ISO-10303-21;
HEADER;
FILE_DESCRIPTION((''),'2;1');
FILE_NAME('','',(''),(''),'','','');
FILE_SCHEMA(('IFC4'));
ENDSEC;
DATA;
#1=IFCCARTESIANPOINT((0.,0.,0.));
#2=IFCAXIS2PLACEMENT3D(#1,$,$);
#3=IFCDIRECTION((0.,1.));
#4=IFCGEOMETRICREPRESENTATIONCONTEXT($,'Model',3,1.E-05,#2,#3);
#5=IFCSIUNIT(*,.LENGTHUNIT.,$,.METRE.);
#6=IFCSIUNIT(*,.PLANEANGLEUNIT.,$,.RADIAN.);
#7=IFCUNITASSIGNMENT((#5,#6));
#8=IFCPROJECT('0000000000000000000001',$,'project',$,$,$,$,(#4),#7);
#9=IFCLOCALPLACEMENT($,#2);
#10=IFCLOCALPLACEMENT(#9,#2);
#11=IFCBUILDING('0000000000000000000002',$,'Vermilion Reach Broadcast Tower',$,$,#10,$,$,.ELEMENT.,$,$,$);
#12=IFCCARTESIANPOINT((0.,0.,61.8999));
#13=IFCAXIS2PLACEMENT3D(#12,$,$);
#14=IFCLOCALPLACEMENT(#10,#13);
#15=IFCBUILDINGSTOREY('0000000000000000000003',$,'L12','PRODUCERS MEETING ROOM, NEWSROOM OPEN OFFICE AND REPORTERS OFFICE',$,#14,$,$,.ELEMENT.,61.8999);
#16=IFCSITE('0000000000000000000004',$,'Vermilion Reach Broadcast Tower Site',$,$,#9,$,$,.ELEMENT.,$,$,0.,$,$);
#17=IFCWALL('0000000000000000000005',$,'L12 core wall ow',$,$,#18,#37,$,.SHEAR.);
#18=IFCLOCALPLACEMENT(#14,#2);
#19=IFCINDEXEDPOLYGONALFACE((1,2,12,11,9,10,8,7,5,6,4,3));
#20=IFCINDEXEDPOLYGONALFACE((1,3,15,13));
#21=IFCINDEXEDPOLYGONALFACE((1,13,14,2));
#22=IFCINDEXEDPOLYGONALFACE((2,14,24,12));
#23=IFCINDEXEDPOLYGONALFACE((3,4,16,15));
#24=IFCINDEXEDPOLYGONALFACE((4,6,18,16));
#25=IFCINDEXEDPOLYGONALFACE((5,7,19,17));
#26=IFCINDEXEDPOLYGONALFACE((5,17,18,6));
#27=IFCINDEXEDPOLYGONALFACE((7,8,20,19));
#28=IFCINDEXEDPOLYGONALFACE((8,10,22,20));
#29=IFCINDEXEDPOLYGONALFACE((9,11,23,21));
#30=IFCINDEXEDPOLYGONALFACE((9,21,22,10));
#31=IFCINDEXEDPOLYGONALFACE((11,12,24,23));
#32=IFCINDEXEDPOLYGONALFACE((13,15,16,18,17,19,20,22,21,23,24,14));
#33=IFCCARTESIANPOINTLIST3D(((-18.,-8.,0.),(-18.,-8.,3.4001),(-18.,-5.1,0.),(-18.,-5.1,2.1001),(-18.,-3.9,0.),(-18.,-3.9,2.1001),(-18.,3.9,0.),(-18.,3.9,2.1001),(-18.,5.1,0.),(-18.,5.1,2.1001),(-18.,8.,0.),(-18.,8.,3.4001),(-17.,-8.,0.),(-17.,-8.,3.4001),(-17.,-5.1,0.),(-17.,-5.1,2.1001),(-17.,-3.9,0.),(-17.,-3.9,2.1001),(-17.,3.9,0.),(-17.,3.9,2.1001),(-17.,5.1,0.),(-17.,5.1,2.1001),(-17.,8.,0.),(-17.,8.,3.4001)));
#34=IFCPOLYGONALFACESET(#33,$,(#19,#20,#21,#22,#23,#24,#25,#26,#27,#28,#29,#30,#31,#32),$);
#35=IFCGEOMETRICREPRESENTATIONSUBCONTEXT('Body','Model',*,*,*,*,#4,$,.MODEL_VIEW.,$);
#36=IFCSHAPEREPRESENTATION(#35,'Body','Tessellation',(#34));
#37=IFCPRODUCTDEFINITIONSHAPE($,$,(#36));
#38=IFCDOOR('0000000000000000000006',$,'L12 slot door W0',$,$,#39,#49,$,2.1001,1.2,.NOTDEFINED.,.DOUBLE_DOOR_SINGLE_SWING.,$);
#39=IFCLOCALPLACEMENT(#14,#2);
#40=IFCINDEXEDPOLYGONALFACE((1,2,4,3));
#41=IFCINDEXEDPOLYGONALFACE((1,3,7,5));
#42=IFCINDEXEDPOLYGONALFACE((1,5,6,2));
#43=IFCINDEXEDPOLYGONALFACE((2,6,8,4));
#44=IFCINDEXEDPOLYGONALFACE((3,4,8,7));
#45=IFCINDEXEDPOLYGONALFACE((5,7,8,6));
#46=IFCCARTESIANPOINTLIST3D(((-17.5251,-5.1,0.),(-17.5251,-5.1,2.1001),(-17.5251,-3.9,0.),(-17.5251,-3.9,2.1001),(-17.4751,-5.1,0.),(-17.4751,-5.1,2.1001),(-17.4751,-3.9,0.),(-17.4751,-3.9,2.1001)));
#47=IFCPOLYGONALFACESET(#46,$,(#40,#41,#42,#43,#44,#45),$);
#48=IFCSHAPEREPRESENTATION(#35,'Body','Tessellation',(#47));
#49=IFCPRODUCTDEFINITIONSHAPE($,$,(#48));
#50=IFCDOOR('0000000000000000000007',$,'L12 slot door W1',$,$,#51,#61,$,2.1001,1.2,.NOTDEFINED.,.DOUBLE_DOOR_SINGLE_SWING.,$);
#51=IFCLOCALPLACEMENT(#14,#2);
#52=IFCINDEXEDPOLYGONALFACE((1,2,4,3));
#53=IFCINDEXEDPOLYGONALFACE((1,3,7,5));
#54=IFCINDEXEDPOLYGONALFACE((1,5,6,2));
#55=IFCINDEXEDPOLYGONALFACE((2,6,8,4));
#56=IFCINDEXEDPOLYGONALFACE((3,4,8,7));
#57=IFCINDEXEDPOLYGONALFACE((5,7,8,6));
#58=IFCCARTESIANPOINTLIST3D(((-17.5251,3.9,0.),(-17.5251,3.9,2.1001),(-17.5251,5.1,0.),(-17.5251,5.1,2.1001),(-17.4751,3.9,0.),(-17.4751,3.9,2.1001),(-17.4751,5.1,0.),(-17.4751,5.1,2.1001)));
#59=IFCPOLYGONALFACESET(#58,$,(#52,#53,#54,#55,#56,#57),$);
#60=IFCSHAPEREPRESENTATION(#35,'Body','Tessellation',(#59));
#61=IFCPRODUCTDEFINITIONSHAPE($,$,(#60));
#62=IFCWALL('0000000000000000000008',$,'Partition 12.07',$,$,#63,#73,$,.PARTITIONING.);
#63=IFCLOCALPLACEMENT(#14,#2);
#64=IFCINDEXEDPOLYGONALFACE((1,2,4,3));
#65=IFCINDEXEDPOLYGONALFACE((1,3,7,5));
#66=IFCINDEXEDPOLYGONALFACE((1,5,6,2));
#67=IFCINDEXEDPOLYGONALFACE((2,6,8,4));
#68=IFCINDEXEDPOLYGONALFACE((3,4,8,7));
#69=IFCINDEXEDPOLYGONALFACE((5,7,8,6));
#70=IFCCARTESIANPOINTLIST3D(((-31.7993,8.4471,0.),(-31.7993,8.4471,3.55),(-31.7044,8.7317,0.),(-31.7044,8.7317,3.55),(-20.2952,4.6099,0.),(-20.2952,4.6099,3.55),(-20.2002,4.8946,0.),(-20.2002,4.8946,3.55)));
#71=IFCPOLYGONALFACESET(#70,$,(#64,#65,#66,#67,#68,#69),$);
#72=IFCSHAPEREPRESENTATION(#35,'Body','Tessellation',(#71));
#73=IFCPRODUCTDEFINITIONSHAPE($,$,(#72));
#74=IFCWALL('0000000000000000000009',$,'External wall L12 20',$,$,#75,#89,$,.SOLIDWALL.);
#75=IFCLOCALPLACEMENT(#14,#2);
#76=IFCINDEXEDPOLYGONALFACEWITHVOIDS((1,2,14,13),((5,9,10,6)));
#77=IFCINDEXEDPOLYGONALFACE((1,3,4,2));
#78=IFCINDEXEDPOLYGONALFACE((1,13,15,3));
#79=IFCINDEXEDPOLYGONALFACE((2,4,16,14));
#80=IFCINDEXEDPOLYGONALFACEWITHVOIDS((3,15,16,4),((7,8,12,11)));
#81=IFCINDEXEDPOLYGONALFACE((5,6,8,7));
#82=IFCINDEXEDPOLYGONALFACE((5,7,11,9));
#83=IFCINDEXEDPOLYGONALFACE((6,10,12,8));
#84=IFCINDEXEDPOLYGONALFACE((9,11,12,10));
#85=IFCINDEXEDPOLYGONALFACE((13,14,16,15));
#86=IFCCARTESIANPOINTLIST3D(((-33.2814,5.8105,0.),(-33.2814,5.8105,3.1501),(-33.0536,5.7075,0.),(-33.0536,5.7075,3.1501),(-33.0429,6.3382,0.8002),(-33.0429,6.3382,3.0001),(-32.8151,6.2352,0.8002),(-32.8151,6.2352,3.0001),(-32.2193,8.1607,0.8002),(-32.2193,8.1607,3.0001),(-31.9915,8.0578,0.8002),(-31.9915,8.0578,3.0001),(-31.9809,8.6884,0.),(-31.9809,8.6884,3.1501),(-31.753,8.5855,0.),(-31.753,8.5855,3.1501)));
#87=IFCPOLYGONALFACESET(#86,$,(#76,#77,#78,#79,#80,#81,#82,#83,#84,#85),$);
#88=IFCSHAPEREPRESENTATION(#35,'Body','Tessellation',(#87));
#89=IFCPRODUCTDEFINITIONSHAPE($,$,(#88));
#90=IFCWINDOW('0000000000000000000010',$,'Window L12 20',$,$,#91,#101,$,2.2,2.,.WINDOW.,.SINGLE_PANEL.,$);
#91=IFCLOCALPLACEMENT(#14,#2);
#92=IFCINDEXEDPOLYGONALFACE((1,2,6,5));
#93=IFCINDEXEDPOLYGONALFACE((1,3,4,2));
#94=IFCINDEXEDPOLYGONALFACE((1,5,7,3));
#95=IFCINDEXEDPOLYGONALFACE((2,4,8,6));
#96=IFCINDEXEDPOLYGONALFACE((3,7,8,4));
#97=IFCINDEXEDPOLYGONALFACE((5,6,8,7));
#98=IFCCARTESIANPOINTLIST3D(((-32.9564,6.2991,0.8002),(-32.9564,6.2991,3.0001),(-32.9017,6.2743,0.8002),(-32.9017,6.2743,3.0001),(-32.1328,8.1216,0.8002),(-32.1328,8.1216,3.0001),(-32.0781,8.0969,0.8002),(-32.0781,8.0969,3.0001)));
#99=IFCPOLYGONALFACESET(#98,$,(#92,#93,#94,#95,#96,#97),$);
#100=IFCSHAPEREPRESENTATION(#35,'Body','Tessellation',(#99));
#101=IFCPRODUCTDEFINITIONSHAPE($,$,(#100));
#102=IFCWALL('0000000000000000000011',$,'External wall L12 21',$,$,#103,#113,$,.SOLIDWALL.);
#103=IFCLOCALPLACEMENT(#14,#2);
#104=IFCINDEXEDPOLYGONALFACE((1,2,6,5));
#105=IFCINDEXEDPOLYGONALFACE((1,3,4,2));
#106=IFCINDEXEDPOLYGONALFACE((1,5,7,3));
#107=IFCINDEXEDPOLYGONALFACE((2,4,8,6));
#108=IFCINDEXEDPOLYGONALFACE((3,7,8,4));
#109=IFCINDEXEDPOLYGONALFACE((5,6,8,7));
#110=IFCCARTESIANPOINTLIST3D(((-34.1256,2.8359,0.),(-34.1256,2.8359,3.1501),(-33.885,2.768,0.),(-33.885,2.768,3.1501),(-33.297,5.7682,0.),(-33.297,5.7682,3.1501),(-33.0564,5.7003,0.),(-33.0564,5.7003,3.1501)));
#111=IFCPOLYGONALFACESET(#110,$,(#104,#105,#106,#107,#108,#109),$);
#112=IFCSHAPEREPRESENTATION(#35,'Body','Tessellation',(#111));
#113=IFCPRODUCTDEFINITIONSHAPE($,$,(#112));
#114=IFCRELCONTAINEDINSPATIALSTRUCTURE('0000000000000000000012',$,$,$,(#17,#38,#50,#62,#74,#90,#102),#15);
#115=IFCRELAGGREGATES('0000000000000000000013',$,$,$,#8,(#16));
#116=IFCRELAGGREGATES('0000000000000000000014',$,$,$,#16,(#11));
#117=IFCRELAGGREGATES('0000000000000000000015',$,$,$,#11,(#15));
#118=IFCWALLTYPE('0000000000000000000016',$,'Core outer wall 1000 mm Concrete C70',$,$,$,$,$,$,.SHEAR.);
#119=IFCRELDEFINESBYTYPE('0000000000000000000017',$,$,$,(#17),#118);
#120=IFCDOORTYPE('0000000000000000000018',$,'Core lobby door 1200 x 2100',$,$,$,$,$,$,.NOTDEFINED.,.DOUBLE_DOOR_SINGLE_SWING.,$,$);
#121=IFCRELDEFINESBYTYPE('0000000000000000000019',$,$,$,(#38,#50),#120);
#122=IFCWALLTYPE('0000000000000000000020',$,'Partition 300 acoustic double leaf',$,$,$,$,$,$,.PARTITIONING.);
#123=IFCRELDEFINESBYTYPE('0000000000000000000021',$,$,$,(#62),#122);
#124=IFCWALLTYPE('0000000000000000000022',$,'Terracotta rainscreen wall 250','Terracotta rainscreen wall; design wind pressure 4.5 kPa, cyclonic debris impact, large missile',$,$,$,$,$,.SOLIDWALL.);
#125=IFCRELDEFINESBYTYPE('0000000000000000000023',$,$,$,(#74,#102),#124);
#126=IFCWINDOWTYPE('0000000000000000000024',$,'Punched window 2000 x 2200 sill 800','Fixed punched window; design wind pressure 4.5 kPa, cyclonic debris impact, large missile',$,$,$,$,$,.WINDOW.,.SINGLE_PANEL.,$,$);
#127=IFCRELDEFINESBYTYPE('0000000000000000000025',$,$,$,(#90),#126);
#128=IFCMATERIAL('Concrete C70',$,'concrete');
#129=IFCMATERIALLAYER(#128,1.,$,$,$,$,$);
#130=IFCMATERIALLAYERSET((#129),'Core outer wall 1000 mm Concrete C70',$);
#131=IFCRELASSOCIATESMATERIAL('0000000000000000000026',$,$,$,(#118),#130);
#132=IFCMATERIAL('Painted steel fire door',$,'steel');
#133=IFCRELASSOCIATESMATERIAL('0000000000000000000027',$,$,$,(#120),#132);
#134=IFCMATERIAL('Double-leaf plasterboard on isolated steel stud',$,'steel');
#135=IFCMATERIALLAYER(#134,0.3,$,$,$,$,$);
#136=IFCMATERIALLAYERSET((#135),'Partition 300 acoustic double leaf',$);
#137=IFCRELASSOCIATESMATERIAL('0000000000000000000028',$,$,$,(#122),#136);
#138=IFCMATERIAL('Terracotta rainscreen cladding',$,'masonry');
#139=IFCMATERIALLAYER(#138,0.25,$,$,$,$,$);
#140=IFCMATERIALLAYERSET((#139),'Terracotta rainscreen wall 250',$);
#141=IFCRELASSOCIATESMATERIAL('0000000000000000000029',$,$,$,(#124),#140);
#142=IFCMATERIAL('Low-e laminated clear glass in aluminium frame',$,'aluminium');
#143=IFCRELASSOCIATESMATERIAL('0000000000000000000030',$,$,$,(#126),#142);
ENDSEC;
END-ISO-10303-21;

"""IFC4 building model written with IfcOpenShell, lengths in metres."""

from ifc_helpers import new_model, si_unit, direction, frame, frame_2d, origin, place, context, subcontext, project, spatial, rectangle, extrude, material, layer, layer_set, type_object, element, fill, save


model = new_model("IFC4")

# Units and contexts
model_context = context("Model", 3, precision=1e-05, world=origin(), true_north=direction((0.0, 1.0)))
body_context = subcontext(model_context, "Body", "Model", "MODEL_VIEW")
ifc_project = project(units=[si_unit("LENGTHUNIT", "METRE"), si_unit("PLANEANGLEUNIT", "RADIAN")], contexts=[model_context])

# Site, building, storey
site_placement = place(None, origin())
site = spatial("IfcSite", under=ifc_project, at=site_placement, Name="Vermilion Reach Broadcast Tower Site", CompositionType="ELEMENT", RefElevation=0.0)
building_placement = place(site_placement, origin())
building = spatial("IfcBuilding", under=site, at=building_placement, Name="Vermilion Reach Broadcast Tower", CompositionType="ELEMENT")
storey_placement = place(building_placement, frame((0.0, 0.0, 61.8999)))
storey = spatial("IfcBuildingStorey", under=building, at=storey_placement, Name="L12", Description="PRODUCERS MEETING ROOM, NEWSROOM OPEN OFFICE AND REPORTERS OFFICE", CompositionType="ELEMENT", Elevation=61.8999)

# Wall, openings, doors
ifc_material_1 = material(Name="Concrete C70", Category="concrete")
ifc_layer_1 = layer(ifc_material_1, 1.0)
ifc_layer_set_1 = layer_set([ifc_layer_1], Name="Core outer wall 1000 mm Concrete C70")
wall_type_1 = type_object("IfcWallType", Name="Core outer wall 1000 mm Concrete C70", PredefinedType="SHEAR", material=ifc_layer_set_1)
wall_1_placement = place(storey_placement, frame((-17.5, 8.0, 0.0), z_axis=(0.0, 0.0, 1.0), x_axis=(0.0, -1.0, 0.0)))
wall_1 = element("IfcWall", 1, at=wall_1_placement, inside=storey, type_object=wall_type_1, Name="L12 core wall ow", PredefinedType="SHEAR", context=body_context, shape_type="SweptSolid", body=[
    extrude(rectangle(XDim=16.0, YDim=1.0, at=frame_2d((8.0, 0.0))), origin(), (0.0, 0.0, 1.0), 3.4001),
])
opening_1_placement = place(wall_1_placement, frame((11.8999, 0.0, 0.0)))
opening_1 = element("IfcOpeningElement", 2, at=opening_1_placement, cuts=wall_1, PredefinedType="OPENING", context=body_context, shape_type="SweptSolid", body=[
    extrude(rectangle(XDim=1.2, YDim=2.1001, at=frame_2d((0.6001, 1.05))), frame((0.0, 0.51, 0.0), z_axis=(0.0, -1.0, 0.0), x_axis=(1.0, 0.0, 0.0)), (0.0, 0.0, 1.0), 1.02),
])
opening_2_placement = place(wall_1_placement, frame((2.8999, 0.0, 0.0)))
opening_2 = element("IfcOpeningElement", 3, at=opening_2_placement, cuts=wall_1, PredefinedType="OPENING", context=body_context, shape_type="SweptSolid", body=[
    extrude(rectangle(XDim=1.2, YDim=2.1001, at=frame_2d((0.6001, 1.05))), frame((0.0, 0.51, 0.0), z_axis=(0.0, -1.0, 0.0), x_axis=(1.0, 0.0, 0.0)), (0.0, 0.0, 1.0), 1.02),
])
ifc_material_2 = material(Name="Painted steel fire door", Category="steel")
door_type_1 = type_object("IfcDoorType", Name="Core lobby door 1200 x 2100", OperationType="DOUBLE_DOOR_SINGLE_SWING", PredefinedType="NOTDEFINED", material=ifc_material_2)
door_1_placement = place(opening_1_placement, origin())
door_1 = element("IfcDoor", 4, at=door_1_placement, inside=storey, type_object=door_type_1, Name="L12 slot door W0", OperationType="DOUBLE_DOOR_SINGLE_SWING", OverallHeight=2.1001, OverallWidth=1.2, PredefinedType="NOTDEFINED", context=body_context, shape_type="SweptSolid", body=[
    extrude(rectangle(XDim=1.2, YDim=2.1001, at=frame_2d((0.6001, 1.05))), frame((0.0, 0.0249, 0.0), z_axis=(0.0, -1.0, 0.0), x_axis=(1.0, 0.0, 0.0)), (0.0, 0.0, 1.0), 0.05),
])
fill(opening_1, door_1)
door_2_placement = place(opening_2_placement, origin())
door_2 = element("IfcDoor", 5, at=door_2_placement, inside=storey, type_object=door_type_1, Name="L12 slot door W1", OperationType="DOUBLE_DOOR_SINGLE_SWING", OverallHeight=2.1001, OverallWidth=1.2, PredefinedType="NOTDEFINED", context=body_context, shape_type="SweptSolid", body=[
    extrude(rectangle(XDim=1.2, YDim=2.1001, at=frame_2d((0.6001, 1.05))), frame((0.0, 0.0249, 0.0), z_axis=(0.0, -1.0, 0.0), x_axis=(1.0, 0.0, 0.0)), (0.0, 0.0, 1.0), 0.05),
])
fill(opening_2, door_2)

# Wall
ifc_material_3 = material(Name="Double-leaf plasterboard on isolated steel stud", Category="steel")
ifc_layer_2 = layer(ifc_material_3, 0.3)
ifc_layer_set_2 = layer_set([ifc_layer_2], Name="Partition 300 acoustic double leaf")
wall_type_2 = type_object("IfcWallType", Name="Partition 300 acoustic double leaf", PredefinedType="PARTITIONING", material=ifc_layer_set_2)
wall_2_placement = place(storey_placement, frame((-31.7517, 8.5894, 0.0), z_axis=(0.0, 0.0, 1.0), x_axis=(0.948623, -0.316409, 0.0)))
element("IfcWall", 6, at=wall_2_placement, inside=storey, type_object=wall_type_2, Name="Partition 12.07", PredefinedType="PARTITIONING", context=body_context, shape_type="SweptSolid", body=[
    extrude(rectangle(XDim=12.1272, YDim=0.3, at=frame_2d((6.0635, 0.0))), origin(), (0.0, 0.0, 1.0), 3.55),
])

# Shared definitions
ifc_material_4 = material(Name="Terracotta rainscreen cladding", Category="masonry")
ifc_layer_3 = layer(ifc_material_4, 0.25)
ifc_layer_set_3 = layer_set([ifc_layer_3], Name="Terracotta rainscreen wall 250")
wall_type_3 = type_object("IfcWallType", Name="Terracotta rainscreen wall 250", Description="Terracotta rainscreen wall; design wind pressure 4.5 kPa, cyclonic debris impact, large missile", PredefinedType="SOLIDWALL", material=ifc_layer_set_3)

# Wall, opening, window
wall_3_placement = place(storey_placement, frame((-31.8669, 8.637, 0.0), z_axis=(0.0, 0.0, 1.0), x_axis=(-0.411804, -0.911272, 0.0)))
wall_3 = element("IfcWall", 7, at=wall_3_placement, inside=storey, type_object=wall_type_3, Name="External wall L12 20", PredefinedType="SOLIDWALL", context=body_context, shape_type="SweptSolid", body=[
    extrude(rectangle(XDim=3.1582, YDim=0.25, at=frame_2d((1.5791, 0.0))), origin(), (0.0, 0.0, 1.0), 3.1501),
])
opening_3_placement = place(wall_3_placement, frame((0.5791, 0.0, 0.8)))
opening_3 = element("IfcOpeningElement", 8, at=opening_3_placement, cuts=wall_3, PredefinedType="OPENING", context=body_context, shape_type="SweptSolid", body=[
    extrude(rectangle(XDim=2.0, YDim=2.2, at=frame_2d((1.0, 1.1001))), frame((0.0, 0.135, 0.0), z_axis=(0.0, -1.0, 0.0), x_axis=(1.0, 0.0, 0.0)), (0.0, 0.0, 1.0), 0.27),
])
ifc_material_5 = material(Name="Low-e laminated clear glass in aluminium frame", Category="aluminium")
window_type = type_object("IfcWindowType", Name="Punched window 2000 x 2200 sill 800", Description="Fixed punched window; design wind pressure 4.5 kPa, cyclonic debris impact, large missile", PartitioningType="SINGLE_PANEL", PredefinedType="WINDOW", material=ifc_material_5)
window_placement = place(opening_3_placement, origin())
window = element("IfcWindow", 9, at=window_placement, inside=storey, type_object=window_type, Name="Window L12 20", OverallHeight=2.2, OverallWidth=2.0, PartitioningType="SINGLE_PANEL", PredefinedType="WINDOW", context=body_context, shape_type="SweptSolid", body=[
    extrude(rectangle(XDim=2.0, YDim=2.2, at=frame_2d((1.0, 1.1001))), frame((0.0, 0.03, 0.0), z_axis=(0.0, -1.0, 0.0), x_axis=(1.0, 0.0, 0.0)), (0.0, 0.0, 1.0), 0.0601),
])
fill(opening_3, window)

# Wall
wall_4_placement = place(storey_placement, frame((-33.1768, 5.7341, 0.0), z_axis=(0.0, 0.0, 1.0), x_axis=(-0.271926, -0.962318, 0.0)))
element("IfcWall", 10, at=wall_4_placement, inside=storey, type_object=wall_type_3, Name="External wall L12 21", PredefinedType="SOLIDWALL", context=body_context, shape_type="SweptSolid", body=[
    extrude(rectangle(XDim=3.0471, YDim=0.25, at=frame_2d((1.5234, 0.0))), origin(), (0.0, 0.0, 1.0), 3.1501),
])

save(model, "model.ifc")
